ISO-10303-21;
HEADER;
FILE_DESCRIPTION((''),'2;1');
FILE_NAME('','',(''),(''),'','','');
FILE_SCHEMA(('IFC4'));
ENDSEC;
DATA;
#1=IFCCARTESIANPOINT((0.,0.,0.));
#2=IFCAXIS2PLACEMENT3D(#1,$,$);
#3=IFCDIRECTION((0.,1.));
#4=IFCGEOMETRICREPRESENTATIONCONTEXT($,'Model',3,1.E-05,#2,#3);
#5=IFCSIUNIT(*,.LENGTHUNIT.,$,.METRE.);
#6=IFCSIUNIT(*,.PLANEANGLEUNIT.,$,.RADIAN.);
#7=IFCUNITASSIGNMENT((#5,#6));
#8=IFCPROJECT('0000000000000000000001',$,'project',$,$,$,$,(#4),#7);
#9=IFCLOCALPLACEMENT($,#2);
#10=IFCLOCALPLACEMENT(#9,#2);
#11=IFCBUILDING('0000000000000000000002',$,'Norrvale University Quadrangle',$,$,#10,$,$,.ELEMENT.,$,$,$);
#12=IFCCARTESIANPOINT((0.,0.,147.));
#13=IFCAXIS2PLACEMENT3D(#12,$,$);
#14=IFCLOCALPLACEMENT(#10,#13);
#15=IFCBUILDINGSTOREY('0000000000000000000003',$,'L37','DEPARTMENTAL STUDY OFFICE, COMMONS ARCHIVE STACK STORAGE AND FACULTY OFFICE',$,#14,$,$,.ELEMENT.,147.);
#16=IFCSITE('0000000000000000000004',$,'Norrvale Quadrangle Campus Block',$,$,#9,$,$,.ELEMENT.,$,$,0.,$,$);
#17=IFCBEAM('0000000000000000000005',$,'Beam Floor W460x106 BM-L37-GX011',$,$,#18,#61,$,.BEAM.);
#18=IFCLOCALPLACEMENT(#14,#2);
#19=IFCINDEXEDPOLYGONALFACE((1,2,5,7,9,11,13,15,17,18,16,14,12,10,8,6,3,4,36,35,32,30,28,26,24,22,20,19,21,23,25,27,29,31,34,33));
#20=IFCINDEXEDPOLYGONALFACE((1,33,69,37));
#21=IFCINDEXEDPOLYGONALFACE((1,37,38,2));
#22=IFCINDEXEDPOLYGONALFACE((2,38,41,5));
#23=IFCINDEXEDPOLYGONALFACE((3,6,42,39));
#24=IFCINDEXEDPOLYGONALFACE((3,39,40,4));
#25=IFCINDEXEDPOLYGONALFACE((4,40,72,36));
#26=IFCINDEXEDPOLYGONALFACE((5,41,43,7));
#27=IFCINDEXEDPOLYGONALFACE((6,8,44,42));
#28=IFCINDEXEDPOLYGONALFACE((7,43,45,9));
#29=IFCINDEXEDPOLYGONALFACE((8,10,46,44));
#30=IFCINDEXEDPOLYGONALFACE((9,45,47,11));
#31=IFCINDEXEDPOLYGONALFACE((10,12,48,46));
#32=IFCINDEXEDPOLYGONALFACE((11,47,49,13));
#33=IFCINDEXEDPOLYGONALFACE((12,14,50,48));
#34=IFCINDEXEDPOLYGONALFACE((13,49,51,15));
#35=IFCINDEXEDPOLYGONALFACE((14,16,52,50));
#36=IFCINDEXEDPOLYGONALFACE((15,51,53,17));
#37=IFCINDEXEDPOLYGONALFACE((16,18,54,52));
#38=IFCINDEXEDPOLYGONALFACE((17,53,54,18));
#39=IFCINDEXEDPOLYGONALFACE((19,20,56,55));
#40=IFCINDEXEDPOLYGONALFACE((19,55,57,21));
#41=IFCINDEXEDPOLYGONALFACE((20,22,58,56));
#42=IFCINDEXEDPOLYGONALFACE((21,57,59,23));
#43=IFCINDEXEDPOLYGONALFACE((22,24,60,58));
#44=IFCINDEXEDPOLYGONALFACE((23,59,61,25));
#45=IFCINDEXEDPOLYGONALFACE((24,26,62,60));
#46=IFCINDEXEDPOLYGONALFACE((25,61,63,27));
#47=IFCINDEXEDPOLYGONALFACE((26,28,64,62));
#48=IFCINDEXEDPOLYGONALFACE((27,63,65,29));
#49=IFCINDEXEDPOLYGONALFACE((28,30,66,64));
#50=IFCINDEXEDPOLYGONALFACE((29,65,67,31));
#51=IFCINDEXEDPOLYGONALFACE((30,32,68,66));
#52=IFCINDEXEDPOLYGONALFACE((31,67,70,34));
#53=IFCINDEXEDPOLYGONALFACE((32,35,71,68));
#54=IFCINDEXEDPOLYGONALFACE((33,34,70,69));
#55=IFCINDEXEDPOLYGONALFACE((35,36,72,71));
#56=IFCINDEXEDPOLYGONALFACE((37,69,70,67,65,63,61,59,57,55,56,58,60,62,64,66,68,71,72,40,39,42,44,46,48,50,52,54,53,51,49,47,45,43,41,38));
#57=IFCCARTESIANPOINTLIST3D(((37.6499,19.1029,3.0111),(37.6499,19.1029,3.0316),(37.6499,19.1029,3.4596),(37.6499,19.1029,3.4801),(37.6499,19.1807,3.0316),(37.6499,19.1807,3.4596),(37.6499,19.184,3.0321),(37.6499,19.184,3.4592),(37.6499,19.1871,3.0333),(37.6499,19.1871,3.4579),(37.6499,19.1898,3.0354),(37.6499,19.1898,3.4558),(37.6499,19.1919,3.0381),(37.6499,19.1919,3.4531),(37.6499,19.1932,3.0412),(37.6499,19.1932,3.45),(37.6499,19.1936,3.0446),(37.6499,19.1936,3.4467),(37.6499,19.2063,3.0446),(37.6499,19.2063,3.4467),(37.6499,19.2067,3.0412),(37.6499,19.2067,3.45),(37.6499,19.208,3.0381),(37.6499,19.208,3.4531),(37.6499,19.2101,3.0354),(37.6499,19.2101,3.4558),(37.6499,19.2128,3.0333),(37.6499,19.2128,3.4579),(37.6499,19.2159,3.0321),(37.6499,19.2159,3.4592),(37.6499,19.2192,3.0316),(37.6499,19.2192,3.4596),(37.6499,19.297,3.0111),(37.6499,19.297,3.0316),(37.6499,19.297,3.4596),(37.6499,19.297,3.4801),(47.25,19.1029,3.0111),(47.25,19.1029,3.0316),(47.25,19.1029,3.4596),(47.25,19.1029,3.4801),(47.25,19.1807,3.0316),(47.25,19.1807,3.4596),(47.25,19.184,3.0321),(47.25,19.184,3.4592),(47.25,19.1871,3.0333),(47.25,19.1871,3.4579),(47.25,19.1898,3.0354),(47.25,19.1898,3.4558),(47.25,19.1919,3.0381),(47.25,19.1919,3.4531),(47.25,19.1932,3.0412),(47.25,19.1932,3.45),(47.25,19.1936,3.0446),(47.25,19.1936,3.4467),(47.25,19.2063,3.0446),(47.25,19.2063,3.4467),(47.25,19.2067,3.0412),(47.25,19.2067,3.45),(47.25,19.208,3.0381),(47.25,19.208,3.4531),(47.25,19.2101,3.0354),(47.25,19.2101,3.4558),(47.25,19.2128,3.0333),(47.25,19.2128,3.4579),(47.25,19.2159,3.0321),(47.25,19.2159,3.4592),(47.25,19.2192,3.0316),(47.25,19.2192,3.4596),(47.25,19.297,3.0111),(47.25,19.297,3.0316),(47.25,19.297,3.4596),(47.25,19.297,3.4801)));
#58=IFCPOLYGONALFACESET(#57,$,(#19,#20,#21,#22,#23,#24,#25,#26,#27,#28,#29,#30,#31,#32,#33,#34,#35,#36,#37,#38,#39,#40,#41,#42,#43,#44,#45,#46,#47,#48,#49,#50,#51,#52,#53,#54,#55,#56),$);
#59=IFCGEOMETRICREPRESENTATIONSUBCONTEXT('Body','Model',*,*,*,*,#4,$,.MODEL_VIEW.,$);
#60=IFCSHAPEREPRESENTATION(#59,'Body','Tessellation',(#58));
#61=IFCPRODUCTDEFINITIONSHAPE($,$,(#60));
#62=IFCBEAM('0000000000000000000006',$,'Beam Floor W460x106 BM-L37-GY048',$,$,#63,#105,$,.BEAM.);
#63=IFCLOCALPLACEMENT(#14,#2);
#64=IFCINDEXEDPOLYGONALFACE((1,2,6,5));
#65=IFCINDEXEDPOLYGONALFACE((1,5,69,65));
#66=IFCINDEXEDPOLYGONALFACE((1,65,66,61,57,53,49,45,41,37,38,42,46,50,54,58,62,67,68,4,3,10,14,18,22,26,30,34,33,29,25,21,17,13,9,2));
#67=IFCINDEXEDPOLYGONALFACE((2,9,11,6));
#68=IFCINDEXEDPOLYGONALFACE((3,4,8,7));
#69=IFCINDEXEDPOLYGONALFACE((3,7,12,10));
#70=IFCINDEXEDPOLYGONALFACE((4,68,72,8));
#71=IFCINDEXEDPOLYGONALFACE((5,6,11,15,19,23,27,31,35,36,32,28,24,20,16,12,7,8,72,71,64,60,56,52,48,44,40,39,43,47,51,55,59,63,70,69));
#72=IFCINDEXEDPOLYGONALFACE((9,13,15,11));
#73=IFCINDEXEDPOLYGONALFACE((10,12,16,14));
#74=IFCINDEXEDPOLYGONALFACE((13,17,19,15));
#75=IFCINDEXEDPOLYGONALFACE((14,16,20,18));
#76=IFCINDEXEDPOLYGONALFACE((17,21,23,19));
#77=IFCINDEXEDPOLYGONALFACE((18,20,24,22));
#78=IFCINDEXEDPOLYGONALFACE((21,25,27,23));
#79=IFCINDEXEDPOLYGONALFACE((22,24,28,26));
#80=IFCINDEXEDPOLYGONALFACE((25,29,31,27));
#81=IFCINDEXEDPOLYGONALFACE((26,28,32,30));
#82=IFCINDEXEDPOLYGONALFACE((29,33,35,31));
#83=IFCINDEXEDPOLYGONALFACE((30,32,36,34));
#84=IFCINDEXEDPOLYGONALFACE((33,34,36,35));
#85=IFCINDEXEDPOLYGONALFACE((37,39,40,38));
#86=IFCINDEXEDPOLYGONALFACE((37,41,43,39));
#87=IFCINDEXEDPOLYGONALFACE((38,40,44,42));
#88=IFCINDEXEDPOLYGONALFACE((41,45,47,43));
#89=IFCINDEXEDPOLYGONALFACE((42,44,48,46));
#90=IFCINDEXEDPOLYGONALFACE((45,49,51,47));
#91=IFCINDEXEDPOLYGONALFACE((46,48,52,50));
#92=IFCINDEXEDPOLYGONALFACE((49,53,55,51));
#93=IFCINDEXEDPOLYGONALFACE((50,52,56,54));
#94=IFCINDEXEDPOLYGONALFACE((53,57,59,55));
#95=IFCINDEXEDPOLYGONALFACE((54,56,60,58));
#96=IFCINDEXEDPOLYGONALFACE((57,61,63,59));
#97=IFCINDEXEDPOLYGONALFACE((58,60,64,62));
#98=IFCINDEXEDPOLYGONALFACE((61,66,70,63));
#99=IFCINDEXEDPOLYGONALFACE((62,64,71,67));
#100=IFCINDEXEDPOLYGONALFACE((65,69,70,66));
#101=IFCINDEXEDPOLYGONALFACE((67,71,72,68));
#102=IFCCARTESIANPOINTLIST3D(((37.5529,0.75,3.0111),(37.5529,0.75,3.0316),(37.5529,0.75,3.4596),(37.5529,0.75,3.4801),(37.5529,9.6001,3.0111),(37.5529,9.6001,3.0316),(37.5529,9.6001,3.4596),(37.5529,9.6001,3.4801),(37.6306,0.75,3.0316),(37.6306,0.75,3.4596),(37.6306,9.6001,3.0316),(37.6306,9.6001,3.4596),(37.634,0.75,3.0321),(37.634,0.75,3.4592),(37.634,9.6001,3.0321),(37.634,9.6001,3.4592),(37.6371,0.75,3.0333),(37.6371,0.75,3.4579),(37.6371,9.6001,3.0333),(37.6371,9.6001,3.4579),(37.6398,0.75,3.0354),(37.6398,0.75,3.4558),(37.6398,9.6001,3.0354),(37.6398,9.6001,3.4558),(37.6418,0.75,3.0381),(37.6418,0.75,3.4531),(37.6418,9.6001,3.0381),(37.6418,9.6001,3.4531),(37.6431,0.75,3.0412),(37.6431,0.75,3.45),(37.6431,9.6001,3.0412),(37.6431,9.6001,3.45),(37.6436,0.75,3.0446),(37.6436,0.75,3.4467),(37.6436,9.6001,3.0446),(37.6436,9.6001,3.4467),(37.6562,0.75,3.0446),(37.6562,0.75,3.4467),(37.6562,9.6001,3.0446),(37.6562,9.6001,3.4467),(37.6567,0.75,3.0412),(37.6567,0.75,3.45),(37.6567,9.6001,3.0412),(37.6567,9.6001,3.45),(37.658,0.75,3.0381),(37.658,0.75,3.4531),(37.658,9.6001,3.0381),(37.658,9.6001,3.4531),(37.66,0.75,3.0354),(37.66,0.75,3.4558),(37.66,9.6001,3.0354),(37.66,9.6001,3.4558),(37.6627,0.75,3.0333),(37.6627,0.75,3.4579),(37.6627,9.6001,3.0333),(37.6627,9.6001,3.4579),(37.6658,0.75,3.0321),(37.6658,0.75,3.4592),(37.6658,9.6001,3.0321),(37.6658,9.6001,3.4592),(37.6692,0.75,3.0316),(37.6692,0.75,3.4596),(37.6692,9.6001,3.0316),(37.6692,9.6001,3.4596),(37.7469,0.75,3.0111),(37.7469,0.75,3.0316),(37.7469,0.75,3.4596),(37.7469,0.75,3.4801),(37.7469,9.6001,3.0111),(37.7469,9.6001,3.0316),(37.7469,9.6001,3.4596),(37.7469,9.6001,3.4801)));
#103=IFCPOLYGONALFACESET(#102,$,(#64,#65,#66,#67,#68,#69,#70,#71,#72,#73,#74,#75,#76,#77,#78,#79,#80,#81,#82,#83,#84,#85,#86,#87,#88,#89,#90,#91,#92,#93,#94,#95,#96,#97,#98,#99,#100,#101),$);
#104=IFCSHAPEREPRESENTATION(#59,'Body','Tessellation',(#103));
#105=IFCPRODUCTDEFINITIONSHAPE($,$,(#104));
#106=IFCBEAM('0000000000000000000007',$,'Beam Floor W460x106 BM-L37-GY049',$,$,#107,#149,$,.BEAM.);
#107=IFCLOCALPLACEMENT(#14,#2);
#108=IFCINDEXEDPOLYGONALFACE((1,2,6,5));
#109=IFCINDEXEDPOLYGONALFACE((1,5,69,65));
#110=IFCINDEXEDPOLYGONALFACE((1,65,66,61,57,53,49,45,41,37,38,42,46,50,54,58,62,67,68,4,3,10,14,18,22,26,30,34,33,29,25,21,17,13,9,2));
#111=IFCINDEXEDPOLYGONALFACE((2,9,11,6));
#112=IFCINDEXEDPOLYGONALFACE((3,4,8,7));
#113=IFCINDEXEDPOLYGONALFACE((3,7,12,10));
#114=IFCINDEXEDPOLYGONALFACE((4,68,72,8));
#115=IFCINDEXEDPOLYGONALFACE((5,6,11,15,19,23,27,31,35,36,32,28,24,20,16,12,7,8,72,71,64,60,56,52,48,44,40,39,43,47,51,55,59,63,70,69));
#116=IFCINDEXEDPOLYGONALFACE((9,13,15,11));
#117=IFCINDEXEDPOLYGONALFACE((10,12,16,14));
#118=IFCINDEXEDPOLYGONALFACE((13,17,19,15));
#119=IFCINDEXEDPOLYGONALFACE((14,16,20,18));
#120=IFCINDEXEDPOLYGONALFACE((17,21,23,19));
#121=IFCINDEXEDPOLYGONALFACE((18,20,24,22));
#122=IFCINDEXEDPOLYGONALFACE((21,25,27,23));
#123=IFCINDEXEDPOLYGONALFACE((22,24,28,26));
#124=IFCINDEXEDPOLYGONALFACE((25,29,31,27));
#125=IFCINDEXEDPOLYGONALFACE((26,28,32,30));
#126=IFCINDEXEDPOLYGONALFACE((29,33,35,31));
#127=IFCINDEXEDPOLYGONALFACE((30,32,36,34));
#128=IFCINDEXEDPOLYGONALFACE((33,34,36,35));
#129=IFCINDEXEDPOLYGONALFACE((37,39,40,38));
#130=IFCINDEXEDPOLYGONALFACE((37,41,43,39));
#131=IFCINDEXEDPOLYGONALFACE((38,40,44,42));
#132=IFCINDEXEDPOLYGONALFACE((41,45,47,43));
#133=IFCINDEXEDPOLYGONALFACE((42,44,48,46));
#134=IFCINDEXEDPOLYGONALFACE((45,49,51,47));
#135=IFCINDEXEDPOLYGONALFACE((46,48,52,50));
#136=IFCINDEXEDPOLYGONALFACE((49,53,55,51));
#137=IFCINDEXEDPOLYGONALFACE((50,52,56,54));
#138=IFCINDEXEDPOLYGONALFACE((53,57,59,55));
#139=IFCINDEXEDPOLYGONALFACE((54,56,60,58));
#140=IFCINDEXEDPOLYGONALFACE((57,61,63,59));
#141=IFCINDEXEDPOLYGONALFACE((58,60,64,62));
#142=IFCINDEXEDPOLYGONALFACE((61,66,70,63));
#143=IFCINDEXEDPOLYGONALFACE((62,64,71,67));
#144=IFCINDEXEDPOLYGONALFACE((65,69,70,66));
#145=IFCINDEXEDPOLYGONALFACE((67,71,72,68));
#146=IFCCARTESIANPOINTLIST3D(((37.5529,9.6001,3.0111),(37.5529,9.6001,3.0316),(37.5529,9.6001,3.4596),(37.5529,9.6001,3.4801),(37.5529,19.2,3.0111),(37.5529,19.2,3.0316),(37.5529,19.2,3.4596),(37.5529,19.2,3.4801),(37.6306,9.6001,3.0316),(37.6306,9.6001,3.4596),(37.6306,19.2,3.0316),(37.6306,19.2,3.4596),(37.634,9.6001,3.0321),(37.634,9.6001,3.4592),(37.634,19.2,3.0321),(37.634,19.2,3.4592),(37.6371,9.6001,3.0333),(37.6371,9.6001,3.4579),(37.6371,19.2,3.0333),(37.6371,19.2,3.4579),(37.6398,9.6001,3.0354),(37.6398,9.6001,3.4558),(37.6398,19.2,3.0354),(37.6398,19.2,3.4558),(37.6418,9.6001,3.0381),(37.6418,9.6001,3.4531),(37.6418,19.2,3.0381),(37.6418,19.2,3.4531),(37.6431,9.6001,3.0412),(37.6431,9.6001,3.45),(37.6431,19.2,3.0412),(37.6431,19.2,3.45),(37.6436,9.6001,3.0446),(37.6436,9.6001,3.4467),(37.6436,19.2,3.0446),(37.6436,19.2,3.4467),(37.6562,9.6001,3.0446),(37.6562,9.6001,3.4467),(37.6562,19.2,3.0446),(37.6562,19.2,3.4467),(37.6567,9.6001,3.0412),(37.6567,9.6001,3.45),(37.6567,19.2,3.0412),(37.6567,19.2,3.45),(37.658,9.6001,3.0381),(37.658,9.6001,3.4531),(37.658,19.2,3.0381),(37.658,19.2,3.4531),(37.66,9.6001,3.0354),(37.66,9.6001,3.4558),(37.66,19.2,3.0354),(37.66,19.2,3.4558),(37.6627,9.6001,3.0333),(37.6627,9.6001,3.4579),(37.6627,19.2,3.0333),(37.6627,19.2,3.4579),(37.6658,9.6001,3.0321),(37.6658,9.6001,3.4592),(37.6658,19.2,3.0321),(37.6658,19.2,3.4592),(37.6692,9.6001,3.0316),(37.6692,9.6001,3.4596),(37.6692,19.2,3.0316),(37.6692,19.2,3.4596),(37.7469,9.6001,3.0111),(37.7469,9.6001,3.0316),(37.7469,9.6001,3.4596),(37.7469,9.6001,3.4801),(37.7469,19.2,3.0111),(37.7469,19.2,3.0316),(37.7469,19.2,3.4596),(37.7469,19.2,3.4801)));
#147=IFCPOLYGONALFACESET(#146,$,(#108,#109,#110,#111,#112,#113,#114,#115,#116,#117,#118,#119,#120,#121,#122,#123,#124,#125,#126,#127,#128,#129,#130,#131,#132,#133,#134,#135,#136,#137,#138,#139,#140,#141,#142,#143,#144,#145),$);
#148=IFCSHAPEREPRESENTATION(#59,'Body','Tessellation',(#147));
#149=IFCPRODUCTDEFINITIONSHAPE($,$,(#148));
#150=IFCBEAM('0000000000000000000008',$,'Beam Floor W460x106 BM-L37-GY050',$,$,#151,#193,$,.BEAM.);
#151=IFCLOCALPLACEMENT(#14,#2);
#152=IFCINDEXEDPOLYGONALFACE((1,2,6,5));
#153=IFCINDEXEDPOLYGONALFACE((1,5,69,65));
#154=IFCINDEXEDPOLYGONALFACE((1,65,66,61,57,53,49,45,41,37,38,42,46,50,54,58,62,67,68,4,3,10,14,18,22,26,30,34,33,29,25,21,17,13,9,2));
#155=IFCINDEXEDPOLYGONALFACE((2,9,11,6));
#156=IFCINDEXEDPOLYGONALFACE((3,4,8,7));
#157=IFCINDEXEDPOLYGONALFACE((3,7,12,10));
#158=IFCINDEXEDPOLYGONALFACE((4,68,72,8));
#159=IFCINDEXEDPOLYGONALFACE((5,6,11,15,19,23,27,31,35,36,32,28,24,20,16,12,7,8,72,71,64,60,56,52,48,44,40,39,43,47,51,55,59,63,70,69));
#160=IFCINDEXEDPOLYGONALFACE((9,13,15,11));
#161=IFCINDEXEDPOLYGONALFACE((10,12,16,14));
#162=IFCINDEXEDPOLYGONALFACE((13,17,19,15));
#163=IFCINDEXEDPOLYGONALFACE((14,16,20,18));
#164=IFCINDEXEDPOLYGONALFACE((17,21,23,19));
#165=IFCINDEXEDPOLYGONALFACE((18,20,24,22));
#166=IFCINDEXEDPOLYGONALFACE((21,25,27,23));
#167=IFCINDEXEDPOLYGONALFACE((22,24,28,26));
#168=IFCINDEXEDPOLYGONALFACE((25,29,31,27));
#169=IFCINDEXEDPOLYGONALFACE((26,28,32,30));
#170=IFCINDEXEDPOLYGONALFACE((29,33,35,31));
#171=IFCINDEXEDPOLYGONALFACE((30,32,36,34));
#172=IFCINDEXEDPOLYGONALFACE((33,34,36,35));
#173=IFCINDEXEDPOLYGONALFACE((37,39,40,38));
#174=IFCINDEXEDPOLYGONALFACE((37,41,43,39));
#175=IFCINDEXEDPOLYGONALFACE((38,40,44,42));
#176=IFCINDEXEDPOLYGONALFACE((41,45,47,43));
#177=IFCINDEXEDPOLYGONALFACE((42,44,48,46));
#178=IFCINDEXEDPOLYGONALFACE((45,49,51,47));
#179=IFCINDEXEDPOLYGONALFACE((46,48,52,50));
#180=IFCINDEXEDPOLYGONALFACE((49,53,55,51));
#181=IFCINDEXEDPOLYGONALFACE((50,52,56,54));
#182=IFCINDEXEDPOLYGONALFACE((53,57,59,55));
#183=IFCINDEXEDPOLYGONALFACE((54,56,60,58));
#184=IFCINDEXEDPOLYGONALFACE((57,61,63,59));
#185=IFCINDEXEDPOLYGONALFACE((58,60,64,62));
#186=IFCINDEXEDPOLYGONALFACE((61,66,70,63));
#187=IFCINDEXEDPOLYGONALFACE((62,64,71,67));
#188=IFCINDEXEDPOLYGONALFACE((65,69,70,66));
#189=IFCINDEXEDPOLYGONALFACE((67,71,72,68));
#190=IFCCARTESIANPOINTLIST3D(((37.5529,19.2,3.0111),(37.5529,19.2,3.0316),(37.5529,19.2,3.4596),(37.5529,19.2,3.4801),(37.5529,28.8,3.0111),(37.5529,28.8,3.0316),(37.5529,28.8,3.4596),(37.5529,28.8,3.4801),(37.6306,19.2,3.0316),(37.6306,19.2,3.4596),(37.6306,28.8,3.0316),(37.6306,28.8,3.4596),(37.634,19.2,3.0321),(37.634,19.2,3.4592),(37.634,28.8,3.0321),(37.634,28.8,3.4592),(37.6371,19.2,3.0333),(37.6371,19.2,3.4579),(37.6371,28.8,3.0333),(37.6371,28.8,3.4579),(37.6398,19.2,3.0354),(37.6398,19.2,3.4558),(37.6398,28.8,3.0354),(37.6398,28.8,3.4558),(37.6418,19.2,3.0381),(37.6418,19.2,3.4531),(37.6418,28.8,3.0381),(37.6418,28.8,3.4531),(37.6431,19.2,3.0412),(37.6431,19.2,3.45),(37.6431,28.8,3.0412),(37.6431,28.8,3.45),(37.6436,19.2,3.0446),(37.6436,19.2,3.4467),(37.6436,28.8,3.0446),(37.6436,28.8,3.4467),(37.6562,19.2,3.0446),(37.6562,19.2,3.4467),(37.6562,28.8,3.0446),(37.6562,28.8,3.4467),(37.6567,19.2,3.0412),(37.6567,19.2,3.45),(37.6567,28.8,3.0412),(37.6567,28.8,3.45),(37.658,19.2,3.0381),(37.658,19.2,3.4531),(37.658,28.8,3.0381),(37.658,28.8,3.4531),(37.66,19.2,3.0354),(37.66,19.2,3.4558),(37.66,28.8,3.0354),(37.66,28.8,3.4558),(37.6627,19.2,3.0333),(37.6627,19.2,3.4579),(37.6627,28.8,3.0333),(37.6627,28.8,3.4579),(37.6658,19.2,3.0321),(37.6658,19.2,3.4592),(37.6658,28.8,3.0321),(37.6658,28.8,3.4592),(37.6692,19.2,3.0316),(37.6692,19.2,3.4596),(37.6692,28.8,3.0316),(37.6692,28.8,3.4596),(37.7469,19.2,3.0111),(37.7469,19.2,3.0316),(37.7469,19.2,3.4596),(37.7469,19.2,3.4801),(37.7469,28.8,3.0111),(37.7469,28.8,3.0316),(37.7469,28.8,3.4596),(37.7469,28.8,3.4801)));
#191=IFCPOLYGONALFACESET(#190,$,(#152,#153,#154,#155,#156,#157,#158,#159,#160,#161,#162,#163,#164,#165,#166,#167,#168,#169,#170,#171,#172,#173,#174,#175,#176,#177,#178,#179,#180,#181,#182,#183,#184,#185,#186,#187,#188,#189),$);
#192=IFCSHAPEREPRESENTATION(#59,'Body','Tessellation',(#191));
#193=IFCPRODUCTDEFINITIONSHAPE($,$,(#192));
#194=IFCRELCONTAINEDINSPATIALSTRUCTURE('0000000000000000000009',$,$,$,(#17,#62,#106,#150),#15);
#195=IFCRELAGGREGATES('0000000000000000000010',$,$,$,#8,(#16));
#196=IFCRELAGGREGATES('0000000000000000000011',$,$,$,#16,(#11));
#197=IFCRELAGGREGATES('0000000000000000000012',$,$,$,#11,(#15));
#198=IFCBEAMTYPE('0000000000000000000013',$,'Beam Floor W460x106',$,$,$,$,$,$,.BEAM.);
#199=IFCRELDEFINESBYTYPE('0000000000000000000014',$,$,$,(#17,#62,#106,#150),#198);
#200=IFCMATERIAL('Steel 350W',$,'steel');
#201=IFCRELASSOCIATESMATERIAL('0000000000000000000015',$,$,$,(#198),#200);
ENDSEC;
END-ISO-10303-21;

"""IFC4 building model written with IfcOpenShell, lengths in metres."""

from ifc_helpers import new_model, si_unit, direction, frame, origin, origin_2d, place, context, subcontext, project, spatial, i_section, extrude, material, material_profile, profile_set, type_object, element, save


model = new_model("IFC4")

# Units and contexts
model_context = context("Model", 3, precision=1e-05, world=origin(), true_north=direction((0.0, 1.0)))
body_context = subcontext(model_context, "Body", "Model", "MODEL_VIEW")
ifc_project = project(units=[si_unit("LENGTHUNIT", "METRE"), si_unit("PLANEANGLEUNIT", "RADIAN")], contexts=[model_context])

# Site, building, storey
site_placement = place(None, origin())
site = spatial("IfcSite", under=ifc_project, at=site_placement, Name="Norrvale Quadrangle Campus Block", CompositionType="ELEMENT", RefElevation=0.0)
building_placement = place(site_placement, origin())
building = spatial("IfcBuilding", under=site, at=building_placement, Name="Norrvale University Quadrangle", CompositionType="ELEMENT")
storey_placement = place(building_placement, frame((0.0, 0.0, 147.0)))
storey = spatial("IfcBuildingStorey", under=building, at=storey_placement, Name="L37", Description="DEPARTMENTAL STUDY OFFICE, COMMONS ARCHIVE STACK STORAGE AND FACULTY OFFICE", CompositionType="ELEMENT", Elevation=147.0)

# Beams
ifc_material_1 = material(Name="Steel 350W", Category="steel")
ifc_material_profile_1 = material_profile(ifc_material_1, i_section(OverallWidth=0.1941, OverallDepth=0.469, WebThickness=0.0127, FlangeThickness=0.0205, FilletRadius=0.0129, at=origin_2d()), Name="Steel 350W")
ifc_profile_set_1 = profile_set([ifc_material_profile_1], Name="Steel 350W")
beam_type_1 = type_object("IfcBeamType", Name="Beam Floor W460x106", PredefinedType="BEAM", material=ifc_profile_set_1)
for number, where, z_axis, x_axis, name in (
    (1, (37.6499, 19.2, 3.2456), (1.0, 0.0, 0.0), (0.0, 1.0, 0.0), "Beam Floor W460x106 BM-L37-GX011"),
):
    element("IfcBeam", number, at=place(storey_placement, frame(where, z_axis=z_axis, x_axis=x_axis)), inside=storey, type_object=beam_type_1, Name=name, PredefinedType="BEAM", context=body_context, shape_type="SweptSolid", body=[
        extrude(i_section(OverallWidth=0.1941, OverallDepth=0.469, WebThickness=0.0127, FlangeThickness=0.0205, FilletRadius=0.0129, at=origin_2d()), origin(), (0.0, 0.0, 1.0), 9.6001),
    ])
beam_1_placement = place(storey_placement, frame((37.6499, 0.75, 3.2456), z_axis=(0.0, 1.0, 0.0), x_axis=(-1.0, 0.0, 0.0)))
element("IfcBeam", 2, at=beam_1_placement, inside=storey, type_object=beam_type_1, Name="Beam Floor W460x106 BM-L37-GY048", PredefinedType="BEAM", context=body_context, shape_type="SweptSolid", body=[
    extrude(i_section(OverallWidth=0.1941, OverallDepth=0.469, WebThickness=0.0127, FlangeThickness=0.0205, FilletRadius=0.0129, at=origin_2d()), origin(), (0.0, 0.0, 1.0), 8.8501),
])
beam_2_placement = place(storey_placement, frame((37.6499, 9.6001, 3.2456), z_axis=(0.0, 1.0, 0.0), x_axis=(-1.0, 0.0, 0.0)))
element("IfcBeam", 3, at=beam_2_placement, inside=storey, type_object=beam_type_1, Name="Beam Floor W460x106 BM-L37-GY049", PredefinedType="BEAM", context=body_context, shape_type="SweptSolid", body=[
    extrude(i_section(OverallWidth=0.1941, OverallDepth=0.469, WebThickness=0.0127, FlangeThickness=0.0205, FilletRadius=0.0129, at=origin_2d()), origin(), (0.0, 0.0, 1.0), 9.5999),
])
beam_3_placement = place(storey_placement, frame((37.6499, 19.2, 3.2456), z_axis=(0.0, 1.0, 0.0), x_axis=(-1.0, 0.0, 0.0)))
element("IfcBeam", 4, at=beam_3_placement, inside=storey, type_object=beam_type_1, Name="Beam Floor W460x106 BM-L37-GY050", PredefinedType="BEAM", context=body_context, shape_type="SweptSolid", body=[
    extrude(i_section(OverallWidth=0.1941, OverallDepth=0.469, WebThickness=0.0127, FlangeThickness=0.0205, FilletRadius=0.0129, at=origin_2d()), origin(), (0.0, 0.0, 1.0), 9.6001),
])

save(model, "model.ifc")
